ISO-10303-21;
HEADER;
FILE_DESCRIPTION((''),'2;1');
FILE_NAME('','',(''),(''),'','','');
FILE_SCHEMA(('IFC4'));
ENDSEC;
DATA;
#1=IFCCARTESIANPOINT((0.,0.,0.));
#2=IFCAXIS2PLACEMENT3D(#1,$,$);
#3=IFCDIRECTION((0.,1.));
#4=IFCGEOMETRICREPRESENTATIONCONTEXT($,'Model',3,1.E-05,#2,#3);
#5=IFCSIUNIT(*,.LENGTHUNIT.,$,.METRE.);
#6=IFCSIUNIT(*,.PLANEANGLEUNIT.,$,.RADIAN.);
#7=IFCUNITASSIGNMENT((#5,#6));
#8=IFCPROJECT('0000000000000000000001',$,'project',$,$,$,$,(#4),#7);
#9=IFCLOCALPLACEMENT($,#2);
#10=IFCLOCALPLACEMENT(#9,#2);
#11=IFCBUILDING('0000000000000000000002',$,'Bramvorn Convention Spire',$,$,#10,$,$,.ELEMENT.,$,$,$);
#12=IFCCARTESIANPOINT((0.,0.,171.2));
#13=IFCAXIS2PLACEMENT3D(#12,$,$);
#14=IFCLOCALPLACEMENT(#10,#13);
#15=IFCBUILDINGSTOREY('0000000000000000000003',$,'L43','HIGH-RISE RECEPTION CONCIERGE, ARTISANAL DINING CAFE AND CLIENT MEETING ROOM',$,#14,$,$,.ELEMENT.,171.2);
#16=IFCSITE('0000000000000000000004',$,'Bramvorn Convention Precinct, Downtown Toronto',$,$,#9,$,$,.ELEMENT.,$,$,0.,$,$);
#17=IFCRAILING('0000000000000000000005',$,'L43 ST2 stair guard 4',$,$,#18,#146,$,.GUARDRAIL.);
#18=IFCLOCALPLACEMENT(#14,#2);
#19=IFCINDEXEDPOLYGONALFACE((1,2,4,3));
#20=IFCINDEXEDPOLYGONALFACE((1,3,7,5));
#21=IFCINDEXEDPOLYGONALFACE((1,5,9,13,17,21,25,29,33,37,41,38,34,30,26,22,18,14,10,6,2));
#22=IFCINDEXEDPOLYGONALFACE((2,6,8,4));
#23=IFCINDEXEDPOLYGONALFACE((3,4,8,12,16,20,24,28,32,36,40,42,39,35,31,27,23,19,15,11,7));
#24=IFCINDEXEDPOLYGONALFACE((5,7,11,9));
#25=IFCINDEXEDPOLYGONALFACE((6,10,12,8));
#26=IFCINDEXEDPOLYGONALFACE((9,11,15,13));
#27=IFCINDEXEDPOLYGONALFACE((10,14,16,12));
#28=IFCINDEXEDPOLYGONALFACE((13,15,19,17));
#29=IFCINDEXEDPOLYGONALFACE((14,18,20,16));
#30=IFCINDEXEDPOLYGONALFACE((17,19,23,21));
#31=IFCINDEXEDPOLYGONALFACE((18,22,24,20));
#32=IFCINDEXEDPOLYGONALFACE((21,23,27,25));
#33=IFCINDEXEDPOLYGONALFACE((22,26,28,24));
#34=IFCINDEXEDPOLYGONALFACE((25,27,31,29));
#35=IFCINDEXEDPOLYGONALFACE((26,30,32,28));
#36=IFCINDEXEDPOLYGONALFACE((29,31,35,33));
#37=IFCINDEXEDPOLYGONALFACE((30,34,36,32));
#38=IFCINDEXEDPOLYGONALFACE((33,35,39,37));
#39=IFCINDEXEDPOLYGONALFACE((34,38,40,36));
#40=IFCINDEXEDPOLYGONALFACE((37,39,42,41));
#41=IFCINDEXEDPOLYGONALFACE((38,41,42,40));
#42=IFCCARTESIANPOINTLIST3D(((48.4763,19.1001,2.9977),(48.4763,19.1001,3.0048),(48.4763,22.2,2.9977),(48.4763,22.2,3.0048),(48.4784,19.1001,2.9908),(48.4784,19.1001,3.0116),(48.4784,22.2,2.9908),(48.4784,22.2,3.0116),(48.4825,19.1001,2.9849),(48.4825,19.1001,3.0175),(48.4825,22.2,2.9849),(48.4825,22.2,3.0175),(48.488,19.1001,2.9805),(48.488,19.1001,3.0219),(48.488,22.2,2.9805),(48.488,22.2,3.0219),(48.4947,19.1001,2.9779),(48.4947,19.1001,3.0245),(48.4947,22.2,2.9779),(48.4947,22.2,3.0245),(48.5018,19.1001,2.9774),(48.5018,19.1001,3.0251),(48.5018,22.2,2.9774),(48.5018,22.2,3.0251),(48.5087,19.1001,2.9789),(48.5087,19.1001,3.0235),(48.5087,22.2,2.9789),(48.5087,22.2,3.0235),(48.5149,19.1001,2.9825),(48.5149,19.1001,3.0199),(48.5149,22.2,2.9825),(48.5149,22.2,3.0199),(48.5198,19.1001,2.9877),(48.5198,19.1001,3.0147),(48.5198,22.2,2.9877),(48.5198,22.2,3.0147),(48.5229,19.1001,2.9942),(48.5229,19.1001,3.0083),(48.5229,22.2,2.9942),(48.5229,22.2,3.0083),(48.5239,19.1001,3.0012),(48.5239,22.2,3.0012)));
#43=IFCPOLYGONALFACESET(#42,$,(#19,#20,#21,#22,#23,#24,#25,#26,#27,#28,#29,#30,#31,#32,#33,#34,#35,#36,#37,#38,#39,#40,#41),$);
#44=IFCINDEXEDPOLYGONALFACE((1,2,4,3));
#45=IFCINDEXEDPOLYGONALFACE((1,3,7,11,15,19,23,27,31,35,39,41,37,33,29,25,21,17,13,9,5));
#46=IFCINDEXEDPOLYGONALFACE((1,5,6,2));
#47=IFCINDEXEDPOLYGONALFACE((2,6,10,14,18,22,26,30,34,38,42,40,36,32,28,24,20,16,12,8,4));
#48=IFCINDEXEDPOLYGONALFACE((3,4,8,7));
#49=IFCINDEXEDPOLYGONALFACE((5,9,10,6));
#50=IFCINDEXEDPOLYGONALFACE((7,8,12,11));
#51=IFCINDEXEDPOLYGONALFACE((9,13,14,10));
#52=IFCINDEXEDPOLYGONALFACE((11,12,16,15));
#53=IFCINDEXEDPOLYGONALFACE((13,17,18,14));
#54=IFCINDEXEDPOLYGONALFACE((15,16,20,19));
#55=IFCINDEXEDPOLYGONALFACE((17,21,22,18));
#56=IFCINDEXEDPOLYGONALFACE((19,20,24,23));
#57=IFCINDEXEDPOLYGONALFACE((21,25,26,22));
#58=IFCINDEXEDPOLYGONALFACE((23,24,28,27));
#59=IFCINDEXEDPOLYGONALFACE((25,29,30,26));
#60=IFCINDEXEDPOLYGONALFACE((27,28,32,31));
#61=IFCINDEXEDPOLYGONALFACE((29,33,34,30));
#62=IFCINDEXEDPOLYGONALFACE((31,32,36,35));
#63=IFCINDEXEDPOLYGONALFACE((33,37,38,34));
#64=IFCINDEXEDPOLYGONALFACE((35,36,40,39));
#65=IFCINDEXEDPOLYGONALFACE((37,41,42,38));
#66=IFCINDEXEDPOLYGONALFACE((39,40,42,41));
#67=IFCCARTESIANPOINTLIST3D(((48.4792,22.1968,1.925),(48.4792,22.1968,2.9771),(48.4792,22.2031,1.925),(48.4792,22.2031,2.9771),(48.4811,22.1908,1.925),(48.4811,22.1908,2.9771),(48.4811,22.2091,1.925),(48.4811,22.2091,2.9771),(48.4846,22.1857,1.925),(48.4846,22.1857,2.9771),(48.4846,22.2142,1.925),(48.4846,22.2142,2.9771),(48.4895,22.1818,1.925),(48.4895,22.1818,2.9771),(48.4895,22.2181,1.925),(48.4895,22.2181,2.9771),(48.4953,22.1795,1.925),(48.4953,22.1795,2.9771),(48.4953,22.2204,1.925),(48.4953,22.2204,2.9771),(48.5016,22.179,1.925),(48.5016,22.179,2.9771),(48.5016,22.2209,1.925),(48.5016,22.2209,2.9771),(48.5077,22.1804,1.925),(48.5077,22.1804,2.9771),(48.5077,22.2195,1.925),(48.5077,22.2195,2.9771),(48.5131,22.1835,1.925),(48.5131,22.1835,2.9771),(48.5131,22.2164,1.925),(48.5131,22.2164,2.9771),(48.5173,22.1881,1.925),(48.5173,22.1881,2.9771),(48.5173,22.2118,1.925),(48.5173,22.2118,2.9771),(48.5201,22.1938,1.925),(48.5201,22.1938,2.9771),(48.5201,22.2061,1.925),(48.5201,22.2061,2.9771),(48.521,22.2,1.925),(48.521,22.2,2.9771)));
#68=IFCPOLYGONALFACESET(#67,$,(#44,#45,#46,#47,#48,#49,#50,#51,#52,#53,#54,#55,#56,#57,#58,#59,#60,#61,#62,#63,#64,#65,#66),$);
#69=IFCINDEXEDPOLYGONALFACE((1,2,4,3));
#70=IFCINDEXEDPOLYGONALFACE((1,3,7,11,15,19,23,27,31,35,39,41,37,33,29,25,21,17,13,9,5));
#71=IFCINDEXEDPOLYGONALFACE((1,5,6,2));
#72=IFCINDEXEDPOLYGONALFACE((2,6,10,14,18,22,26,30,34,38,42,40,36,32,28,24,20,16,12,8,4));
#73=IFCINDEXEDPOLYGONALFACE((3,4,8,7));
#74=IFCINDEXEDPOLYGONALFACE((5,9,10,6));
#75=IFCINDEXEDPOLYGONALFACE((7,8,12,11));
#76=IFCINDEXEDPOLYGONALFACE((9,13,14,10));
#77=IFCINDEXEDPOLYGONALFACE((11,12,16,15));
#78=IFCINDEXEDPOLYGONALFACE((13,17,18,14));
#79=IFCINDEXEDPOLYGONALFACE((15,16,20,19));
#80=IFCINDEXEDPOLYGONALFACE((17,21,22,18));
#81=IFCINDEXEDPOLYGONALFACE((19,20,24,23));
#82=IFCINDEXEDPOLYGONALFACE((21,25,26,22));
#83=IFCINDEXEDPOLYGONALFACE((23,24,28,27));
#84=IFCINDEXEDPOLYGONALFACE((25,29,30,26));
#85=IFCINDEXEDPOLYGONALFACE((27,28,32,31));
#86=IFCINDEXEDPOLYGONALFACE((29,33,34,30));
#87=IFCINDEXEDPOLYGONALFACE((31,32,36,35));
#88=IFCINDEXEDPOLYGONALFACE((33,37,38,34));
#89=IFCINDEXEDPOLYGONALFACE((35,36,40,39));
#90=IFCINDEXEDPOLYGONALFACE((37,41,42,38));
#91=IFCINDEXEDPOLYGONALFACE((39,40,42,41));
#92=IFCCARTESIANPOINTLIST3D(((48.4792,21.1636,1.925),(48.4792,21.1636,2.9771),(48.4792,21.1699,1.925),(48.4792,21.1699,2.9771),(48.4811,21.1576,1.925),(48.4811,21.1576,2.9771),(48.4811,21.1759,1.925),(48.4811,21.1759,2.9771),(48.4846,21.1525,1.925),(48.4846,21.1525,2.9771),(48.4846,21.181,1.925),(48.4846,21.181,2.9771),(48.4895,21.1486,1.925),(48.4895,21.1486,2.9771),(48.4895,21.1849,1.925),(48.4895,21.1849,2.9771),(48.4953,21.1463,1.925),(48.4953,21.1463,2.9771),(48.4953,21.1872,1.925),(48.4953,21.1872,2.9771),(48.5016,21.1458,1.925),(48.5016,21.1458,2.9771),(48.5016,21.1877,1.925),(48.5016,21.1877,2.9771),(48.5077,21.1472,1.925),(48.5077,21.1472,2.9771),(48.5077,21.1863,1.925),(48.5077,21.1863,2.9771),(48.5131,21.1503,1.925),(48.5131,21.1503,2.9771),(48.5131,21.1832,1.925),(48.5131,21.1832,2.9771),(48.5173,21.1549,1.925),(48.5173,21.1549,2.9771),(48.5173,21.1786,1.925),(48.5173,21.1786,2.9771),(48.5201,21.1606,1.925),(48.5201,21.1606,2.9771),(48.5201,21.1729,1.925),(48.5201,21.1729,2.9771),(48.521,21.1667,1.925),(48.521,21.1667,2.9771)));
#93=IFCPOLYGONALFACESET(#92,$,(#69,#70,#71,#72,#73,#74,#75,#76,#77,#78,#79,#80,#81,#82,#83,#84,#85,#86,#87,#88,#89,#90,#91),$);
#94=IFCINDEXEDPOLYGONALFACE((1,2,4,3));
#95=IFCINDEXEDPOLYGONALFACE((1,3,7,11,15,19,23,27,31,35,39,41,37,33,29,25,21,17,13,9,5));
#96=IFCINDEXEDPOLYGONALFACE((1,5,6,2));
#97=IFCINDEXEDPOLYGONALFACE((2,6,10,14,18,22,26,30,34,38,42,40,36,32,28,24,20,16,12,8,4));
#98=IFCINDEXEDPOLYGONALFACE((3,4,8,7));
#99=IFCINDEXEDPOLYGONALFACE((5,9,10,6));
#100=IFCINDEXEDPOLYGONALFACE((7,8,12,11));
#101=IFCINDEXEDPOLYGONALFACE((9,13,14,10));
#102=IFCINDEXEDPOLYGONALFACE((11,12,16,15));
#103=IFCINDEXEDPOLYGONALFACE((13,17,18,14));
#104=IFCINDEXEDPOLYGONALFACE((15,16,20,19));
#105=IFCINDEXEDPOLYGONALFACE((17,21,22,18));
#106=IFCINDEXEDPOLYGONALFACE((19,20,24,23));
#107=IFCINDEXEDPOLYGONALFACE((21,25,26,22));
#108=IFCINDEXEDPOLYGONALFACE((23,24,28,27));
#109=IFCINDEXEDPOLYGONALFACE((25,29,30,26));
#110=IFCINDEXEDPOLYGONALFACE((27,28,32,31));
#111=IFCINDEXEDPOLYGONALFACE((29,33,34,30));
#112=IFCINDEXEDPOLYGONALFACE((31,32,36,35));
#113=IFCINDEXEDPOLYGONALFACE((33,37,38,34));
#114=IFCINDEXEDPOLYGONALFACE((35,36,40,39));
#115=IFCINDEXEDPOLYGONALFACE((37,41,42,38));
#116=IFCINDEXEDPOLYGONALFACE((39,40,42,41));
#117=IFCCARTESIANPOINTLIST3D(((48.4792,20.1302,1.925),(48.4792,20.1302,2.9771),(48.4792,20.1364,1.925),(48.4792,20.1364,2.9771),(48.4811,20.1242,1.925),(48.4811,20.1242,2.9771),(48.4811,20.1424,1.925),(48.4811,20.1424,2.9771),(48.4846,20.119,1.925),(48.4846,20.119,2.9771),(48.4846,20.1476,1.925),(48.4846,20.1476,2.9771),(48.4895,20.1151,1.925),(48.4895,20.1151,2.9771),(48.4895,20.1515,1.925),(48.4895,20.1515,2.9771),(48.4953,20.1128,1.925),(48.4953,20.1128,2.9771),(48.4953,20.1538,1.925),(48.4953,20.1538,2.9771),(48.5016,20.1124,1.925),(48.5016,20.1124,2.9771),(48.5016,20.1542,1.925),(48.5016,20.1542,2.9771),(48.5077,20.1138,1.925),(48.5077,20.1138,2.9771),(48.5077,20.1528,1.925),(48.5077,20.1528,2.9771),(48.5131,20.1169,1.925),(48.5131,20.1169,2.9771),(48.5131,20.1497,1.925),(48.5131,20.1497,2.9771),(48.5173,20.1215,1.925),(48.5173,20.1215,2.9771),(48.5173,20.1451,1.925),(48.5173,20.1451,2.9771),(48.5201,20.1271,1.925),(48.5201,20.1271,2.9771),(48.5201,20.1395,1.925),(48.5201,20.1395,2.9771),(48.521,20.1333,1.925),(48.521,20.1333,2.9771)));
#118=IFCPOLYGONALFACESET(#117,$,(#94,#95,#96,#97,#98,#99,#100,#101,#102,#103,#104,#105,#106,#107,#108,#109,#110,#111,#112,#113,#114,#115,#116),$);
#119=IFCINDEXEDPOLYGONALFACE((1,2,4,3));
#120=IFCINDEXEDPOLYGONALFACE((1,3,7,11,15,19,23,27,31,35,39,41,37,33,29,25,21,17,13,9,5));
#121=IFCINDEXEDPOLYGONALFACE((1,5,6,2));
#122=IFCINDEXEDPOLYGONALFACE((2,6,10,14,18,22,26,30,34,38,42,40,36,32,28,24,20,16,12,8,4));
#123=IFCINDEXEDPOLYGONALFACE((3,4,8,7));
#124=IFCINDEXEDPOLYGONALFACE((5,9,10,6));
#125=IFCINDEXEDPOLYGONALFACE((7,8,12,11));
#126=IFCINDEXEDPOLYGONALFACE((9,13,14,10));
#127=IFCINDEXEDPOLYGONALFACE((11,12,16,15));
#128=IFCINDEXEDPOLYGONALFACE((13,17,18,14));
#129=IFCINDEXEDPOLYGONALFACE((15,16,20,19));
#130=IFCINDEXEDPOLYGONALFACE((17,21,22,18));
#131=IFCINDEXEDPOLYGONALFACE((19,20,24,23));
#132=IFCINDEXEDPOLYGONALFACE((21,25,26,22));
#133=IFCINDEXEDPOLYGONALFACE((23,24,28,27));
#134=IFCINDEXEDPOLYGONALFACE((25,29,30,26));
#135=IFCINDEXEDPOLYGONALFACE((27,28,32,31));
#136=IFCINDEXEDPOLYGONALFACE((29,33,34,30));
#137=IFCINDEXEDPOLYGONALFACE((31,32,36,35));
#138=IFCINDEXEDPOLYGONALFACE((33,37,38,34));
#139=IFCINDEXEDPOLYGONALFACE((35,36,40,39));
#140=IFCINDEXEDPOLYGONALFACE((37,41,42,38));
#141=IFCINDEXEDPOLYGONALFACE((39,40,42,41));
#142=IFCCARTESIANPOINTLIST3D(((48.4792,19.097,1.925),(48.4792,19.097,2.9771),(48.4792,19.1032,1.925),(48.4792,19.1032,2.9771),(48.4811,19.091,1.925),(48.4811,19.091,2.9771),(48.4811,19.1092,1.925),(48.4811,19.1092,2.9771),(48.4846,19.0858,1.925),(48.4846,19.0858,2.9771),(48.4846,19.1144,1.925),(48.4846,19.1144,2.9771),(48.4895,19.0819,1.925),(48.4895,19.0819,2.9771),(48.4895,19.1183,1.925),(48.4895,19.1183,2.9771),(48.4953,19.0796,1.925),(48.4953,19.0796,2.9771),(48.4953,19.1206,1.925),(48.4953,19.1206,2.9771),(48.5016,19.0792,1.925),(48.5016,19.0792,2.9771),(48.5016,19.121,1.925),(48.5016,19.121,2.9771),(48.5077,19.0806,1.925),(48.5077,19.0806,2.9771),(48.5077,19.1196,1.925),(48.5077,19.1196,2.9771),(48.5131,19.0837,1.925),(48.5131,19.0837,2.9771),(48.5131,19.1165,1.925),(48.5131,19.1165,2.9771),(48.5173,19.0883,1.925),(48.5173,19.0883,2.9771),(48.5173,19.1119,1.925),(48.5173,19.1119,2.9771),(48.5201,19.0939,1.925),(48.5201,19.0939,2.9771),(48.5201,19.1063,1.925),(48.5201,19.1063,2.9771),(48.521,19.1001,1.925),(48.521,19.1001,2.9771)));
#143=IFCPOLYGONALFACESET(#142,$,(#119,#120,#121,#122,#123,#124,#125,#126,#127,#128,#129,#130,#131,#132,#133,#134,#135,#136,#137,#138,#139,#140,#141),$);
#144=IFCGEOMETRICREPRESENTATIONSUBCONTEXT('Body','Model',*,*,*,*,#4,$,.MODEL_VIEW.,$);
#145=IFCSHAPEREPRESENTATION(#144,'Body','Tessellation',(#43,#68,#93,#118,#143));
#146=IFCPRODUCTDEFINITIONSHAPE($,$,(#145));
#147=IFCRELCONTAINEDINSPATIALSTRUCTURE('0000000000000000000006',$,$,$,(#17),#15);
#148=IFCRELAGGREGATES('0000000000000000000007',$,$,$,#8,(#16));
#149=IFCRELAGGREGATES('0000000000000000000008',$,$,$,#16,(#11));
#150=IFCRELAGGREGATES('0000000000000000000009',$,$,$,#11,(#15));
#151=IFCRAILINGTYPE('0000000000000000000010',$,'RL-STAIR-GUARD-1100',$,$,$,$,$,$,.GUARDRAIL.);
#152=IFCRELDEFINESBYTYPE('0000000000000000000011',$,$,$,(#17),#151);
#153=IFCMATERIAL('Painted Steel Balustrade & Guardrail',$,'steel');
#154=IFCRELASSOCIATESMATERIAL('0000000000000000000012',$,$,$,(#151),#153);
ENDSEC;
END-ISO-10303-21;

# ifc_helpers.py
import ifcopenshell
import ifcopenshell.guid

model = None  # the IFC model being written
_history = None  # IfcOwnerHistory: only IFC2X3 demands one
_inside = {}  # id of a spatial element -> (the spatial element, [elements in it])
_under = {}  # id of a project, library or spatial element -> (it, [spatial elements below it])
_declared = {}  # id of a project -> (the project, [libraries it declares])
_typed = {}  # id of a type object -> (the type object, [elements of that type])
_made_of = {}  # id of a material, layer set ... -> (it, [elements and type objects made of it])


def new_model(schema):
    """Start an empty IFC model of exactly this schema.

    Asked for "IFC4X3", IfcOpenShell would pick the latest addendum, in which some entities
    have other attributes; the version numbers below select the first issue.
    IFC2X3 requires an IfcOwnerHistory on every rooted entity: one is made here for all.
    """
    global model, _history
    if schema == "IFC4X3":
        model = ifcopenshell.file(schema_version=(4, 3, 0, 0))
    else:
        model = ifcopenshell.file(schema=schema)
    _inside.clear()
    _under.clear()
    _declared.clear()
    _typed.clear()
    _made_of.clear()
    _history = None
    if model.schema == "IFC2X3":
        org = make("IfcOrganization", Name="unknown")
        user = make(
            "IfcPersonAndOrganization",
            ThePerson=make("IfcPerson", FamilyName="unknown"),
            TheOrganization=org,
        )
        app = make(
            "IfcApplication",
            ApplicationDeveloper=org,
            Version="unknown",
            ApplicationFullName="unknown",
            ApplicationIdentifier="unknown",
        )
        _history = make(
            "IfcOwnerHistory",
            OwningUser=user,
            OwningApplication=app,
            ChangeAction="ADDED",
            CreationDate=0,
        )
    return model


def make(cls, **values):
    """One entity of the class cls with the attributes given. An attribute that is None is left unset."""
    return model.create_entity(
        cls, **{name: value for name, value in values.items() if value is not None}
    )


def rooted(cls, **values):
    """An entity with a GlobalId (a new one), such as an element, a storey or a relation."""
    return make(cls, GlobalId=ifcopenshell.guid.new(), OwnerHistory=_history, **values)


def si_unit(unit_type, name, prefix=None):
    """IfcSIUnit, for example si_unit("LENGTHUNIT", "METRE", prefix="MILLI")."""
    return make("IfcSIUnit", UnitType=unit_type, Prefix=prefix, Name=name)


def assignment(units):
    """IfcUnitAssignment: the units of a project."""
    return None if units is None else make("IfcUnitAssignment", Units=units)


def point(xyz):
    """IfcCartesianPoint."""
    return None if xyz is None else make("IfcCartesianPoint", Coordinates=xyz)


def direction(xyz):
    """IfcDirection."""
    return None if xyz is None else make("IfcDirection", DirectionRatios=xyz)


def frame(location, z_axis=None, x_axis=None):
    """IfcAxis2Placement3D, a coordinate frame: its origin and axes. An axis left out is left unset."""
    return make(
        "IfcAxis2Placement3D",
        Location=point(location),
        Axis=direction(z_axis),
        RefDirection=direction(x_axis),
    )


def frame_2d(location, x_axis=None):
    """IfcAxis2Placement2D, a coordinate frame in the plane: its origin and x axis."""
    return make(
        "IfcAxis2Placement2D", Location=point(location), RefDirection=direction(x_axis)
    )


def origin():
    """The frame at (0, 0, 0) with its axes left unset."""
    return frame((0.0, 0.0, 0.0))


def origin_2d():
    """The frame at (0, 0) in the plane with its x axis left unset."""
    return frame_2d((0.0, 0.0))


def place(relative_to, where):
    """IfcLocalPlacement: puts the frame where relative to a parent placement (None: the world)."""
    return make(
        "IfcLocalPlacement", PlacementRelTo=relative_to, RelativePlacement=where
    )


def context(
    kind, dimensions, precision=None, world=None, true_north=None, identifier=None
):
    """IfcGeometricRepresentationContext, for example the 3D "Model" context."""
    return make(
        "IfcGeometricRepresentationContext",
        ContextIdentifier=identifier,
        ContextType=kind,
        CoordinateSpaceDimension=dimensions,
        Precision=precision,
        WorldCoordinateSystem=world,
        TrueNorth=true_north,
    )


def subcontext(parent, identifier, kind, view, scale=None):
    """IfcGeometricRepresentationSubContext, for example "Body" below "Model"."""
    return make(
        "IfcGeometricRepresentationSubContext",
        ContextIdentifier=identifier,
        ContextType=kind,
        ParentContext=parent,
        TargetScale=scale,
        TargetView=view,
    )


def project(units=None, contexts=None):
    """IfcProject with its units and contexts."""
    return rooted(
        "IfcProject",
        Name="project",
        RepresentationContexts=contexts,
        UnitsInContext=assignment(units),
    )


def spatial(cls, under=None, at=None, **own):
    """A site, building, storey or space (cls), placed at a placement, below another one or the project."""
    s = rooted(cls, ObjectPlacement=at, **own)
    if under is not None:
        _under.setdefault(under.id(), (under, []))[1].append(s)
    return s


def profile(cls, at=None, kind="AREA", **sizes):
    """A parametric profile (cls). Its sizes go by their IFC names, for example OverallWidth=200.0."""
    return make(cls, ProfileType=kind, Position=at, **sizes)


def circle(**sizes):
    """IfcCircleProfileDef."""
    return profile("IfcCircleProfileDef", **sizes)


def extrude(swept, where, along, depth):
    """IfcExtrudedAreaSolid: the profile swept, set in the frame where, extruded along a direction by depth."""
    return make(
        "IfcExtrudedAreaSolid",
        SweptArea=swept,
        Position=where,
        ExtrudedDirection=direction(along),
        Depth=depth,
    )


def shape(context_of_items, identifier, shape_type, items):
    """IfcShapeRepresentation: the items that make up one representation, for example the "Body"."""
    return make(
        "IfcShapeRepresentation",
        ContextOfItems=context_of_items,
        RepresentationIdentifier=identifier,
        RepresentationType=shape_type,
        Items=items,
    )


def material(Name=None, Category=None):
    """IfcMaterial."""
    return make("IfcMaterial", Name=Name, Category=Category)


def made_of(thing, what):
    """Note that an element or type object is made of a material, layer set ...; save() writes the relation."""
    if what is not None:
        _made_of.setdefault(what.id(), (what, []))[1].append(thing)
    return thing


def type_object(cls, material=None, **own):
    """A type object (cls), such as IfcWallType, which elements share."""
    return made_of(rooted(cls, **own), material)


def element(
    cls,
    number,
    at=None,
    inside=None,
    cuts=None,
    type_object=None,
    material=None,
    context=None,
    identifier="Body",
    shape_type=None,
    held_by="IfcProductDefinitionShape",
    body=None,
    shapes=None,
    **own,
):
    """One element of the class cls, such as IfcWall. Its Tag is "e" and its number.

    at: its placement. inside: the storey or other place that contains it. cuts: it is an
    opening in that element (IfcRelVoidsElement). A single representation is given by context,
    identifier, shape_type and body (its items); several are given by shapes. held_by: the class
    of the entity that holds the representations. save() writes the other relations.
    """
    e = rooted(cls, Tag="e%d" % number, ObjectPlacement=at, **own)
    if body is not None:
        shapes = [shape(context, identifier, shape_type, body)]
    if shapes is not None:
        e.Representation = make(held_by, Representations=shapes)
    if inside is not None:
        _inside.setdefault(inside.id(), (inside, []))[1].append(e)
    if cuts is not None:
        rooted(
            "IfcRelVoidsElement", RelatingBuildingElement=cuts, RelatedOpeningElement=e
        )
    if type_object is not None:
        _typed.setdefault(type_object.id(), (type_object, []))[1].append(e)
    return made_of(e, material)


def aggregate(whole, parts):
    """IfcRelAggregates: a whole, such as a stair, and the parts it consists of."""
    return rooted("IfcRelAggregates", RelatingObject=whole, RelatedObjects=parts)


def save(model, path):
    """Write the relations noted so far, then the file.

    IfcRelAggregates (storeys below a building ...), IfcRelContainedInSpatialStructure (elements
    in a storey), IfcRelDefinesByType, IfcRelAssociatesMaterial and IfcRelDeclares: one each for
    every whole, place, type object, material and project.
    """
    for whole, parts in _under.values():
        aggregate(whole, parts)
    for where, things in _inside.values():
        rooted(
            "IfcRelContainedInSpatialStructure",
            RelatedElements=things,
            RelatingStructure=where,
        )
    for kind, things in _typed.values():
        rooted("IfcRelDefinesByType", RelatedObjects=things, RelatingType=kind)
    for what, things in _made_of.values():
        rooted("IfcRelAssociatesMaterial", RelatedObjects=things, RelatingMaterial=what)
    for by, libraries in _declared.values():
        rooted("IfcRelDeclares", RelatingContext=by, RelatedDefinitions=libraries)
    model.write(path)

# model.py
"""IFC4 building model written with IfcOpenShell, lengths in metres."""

from ifc_helpers import new_model, si_unit, direction, frame, origin, origin_2d, place, context, subcontext, project, spatial, circle, extrude, material, type_object, element, save


model = new_model("IFC4")

# Units and contexts
model_context = context("Model", 3, precision=1e-05, world=origin(), true_north=direction((0.0, 1.0)))
body_context = subcontext(model_context, "Body", "Model", "MODEL_VIEW")
ifc_project = project(units=[si_unit("LENGTHUNIT", "METRE"), si_unit("PLANEANGLEUNIT", "RADIAN")], contexts=[model_context])

# Site, building, storey
site_placement = place(None, origin())
site = spatial("IfcSite", under=ifc_project, at=site_placement, Name="Bramvorn Convention Precinct, Downtown Toronto", CompositionType="ELEMENT", RefElevation=0.0)
building_placement = place(site_placement, origin())
building = spatial("IfcBuilding", under=site, at=building_placement, Name="Bramvorn Convention Spire", CompositionType="ELEMENT")
storey_placement = place(building_placement, frame((0.0, 0.0, 171.2)))
storey = spatial("IfcBuildingStorey", under=building, at=storey_placement, Name="L43", Description="HIGH-RISE RECEPTION CONCIERGE, ARTISANAL DINING CAFE AND CLIENT MEETING ROOM", CompositionType="ELEMENT", Elevation=171.2)

# Railing
ifc_material_1 = material(Name="Painted Steel Balustrade & Guardrail", Category="steel")
railing_type_1 = type_object("IfcRailingType", Name="RL-STAIR-GUARD-1100", PredefinedType="GUARDRAIL", material=ifc_material_1)
railing_1_placement = place(storey_placement, frame((48.5, 22.2, 1.925)))
element("IfcRailing", 1, at=railing_1_placement, inside=storey, type_object=railing_type_1, Name="L43 ST2 stair guard 4", PredefinedType="GUARDRAIL", context=body_context, shape_type="SweptSolid", body=[
    extrude(circle(Radius=0.0239, at=origin_2d()), frame((0.0, 0.0, 1.0762), z_axis=(0.0, -1.0, 0.0), x_axis=(1.0, 0.0, 0.0)), (0.0, 0.0, 1.0), 3.0999),
    extrude(circle(Radius=0.021, at=origin_2d()), origin(), (0.0, 0.0, 1.0), 1.052),
    extrude(circle(Radius=0.021, at=origin_2d()), frame((0.0, -1.0332, 0.0)), (0.0, 0.0, 1.0), 1.052),
    extrude(circle(Radius=0.021, at=origin_2d()), frame((0.0, -2.0667, 0.0)), (0.0, 0.0, 1.0), 1.052),
    extrude(circle(Radius=0.021, at=origin_2d()), frame((0.0, -3.0999, 0.0)), (0.0, 0.0, 1.0), 1.052),
])

save(model, "model.ifc")
